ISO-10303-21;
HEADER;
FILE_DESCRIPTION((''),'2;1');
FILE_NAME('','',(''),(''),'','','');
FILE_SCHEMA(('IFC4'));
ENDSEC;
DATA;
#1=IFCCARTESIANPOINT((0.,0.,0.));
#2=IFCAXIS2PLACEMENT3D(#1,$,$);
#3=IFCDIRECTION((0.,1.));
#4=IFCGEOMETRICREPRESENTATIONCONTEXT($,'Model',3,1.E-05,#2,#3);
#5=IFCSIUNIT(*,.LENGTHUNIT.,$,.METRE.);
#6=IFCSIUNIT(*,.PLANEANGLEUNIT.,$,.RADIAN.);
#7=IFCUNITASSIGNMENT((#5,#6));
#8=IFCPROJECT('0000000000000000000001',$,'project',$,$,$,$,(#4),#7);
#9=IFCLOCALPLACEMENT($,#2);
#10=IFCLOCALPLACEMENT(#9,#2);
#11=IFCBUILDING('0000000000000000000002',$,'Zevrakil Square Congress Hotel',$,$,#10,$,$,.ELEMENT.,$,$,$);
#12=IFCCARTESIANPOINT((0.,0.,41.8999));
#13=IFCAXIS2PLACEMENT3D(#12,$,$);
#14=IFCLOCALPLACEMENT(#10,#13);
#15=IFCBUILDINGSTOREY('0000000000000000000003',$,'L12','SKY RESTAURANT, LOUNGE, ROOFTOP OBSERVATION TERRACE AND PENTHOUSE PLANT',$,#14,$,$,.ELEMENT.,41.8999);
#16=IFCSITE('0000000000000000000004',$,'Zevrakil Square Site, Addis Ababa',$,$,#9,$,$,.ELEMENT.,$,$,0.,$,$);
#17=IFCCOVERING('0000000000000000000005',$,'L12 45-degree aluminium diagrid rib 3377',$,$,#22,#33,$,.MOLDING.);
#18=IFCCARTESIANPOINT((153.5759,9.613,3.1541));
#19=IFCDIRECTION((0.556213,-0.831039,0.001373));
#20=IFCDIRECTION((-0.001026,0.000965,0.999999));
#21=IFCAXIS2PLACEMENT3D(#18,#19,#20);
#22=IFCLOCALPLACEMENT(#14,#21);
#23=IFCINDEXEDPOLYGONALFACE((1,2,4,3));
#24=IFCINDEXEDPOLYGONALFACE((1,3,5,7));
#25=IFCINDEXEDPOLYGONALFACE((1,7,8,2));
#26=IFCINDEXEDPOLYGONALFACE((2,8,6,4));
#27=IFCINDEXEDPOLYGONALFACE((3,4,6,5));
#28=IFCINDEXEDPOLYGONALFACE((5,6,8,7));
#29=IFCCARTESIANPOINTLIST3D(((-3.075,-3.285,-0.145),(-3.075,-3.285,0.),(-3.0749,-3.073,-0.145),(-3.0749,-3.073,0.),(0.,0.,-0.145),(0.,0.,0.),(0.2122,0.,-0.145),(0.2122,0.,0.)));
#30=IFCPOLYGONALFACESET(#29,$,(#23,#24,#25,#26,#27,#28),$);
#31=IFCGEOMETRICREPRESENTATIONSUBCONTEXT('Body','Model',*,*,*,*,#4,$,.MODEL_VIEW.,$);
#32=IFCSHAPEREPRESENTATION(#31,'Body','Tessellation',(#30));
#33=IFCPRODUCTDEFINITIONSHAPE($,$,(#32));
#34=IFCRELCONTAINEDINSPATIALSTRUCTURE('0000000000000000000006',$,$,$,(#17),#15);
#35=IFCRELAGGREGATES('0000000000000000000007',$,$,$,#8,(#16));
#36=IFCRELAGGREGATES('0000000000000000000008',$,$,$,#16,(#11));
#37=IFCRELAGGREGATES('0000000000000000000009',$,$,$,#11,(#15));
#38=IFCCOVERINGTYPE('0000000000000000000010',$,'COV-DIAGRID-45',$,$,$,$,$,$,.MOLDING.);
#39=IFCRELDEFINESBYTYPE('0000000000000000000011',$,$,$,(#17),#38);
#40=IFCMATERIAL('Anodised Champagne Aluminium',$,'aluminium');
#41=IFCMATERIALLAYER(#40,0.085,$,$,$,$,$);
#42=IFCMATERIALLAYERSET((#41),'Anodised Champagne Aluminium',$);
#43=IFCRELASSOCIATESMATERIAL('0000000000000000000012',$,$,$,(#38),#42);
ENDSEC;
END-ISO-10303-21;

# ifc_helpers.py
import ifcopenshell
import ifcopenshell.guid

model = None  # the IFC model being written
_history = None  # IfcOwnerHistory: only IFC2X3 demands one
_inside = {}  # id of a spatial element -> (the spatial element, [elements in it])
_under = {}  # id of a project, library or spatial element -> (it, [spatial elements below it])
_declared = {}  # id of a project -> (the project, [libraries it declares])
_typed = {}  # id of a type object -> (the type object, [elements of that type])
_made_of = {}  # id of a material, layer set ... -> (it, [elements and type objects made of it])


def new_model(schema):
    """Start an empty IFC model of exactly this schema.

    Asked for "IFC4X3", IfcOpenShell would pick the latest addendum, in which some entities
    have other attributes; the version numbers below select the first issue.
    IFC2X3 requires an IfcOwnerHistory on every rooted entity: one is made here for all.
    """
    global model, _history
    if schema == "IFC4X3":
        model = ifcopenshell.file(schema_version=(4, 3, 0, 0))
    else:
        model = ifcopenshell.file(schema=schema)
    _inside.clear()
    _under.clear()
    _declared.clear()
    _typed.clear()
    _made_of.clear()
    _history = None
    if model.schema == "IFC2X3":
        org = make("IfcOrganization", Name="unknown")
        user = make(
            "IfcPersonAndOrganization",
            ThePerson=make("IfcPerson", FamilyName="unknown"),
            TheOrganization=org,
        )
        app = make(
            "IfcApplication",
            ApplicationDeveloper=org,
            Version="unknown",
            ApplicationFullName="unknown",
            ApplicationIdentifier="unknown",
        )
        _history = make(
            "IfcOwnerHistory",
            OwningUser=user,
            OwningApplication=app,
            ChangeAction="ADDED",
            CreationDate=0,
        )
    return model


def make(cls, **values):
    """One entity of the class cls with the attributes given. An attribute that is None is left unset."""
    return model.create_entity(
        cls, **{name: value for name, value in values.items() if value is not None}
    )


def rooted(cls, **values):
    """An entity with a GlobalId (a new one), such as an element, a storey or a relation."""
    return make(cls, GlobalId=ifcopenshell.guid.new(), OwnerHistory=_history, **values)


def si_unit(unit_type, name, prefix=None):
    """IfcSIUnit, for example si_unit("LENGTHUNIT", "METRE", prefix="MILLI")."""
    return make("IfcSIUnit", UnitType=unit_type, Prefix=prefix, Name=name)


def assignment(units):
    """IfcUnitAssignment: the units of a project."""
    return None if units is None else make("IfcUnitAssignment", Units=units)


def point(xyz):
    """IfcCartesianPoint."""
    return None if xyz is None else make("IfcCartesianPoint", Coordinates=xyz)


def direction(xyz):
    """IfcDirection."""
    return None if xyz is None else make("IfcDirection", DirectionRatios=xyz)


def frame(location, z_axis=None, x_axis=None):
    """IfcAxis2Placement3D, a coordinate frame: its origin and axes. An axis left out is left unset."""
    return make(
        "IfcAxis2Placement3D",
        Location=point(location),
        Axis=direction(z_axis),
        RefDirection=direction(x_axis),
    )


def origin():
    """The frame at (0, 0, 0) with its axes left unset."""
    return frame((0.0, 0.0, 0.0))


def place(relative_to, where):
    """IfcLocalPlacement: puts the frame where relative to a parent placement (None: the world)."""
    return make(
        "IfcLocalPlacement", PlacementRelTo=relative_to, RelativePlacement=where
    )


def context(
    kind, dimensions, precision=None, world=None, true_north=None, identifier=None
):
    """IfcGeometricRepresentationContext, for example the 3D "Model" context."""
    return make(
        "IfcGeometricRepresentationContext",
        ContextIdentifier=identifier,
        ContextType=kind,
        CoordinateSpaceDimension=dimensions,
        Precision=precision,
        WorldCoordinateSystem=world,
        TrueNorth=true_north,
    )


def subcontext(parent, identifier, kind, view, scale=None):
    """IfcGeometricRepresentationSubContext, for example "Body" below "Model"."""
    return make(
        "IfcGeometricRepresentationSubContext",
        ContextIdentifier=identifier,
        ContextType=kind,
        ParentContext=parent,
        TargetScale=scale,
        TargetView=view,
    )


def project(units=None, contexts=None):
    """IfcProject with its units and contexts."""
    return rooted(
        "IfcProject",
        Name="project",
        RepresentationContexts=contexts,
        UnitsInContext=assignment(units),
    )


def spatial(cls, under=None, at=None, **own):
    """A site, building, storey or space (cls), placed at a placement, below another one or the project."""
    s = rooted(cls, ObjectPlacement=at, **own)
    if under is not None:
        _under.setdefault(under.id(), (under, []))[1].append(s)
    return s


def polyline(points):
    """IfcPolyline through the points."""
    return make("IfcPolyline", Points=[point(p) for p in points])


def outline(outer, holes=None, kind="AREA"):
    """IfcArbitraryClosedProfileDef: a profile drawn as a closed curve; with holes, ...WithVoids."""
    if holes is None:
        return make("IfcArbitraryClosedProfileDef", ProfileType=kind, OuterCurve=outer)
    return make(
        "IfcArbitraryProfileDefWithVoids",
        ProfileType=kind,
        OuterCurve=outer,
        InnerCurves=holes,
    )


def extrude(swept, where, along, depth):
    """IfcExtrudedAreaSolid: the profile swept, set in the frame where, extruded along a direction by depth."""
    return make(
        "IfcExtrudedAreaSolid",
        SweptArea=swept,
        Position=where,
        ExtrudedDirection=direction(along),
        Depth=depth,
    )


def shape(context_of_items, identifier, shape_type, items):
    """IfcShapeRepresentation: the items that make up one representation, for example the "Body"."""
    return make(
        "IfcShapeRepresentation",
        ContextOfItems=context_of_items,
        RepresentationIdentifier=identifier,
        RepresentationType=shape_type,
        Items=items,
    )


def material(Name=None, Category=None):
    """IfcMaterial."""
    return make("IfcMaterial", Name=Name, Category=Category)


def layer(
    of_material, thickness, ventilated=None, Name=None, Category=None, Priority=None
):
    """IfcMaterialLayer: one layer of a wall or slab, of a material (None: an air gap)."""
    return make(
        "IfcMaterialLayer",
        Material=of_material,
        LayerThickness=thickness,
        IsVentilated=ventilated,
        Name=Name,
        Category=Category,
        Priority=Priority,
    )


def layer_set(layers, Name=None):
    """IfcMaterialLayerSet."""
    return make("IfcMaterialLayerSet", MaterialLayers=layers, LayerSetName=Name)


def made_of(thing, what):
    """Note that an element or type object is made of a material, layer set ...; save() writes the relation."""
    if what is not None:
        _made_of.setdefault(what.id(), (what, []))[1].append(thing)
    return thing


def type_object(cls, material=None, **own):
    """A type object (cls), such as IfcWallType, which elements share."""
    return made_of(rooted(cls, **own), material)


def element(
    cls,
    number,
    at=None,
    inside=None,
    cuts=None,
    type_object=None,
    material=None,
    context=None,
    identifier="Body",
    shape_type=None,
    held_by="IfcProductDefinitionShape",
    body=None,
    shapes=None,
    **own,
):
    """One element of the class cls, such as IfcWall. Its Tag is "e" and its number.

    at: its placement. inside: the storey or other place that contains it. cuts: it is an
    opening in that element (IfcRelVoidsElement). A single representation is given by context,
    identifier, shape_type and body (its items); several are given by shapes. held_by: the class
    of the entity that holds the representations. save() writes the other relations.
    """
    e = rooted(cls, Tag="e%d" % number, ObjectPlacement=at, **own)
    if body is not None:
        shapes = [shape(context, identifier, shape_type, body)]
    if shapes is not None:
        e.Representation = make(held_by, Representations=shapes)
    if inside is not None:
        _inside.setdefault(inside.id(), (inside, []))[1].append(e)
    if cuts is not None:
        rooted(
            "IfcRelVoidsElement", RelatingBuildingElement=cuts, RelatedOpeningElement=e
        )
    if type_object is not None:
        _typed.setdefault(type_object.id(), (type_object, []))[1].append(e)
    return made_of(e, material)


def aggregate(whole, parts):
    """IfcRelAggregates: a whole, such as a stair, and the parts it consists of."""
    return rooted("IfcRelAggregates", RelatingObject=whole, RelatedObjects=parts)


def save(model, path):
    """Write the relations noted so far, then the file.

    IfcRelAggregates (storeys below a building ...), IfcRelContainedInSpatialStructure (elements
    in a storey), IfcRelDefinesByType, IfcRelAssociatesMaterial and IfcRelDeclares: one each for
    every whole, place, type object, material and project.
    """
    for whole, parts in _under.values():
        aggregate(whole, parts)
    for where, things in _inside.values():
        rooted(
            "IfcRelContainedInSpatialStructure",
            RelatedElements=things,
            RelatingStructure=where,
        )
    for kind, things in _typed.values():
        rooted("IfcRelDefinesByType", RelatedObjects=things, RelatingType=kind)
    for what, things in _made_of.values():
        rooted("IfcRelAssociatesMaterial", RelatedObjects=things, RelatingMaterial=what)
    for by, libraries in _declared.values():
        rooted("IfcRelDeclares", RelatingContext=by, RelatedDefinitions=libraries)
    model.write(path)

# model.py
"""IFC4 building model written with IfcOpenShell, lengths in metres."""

from ifc_helpers import new_model, si_unit, direction, frame, origin, place, context, subcontext, project, spatial, polyline, outline, extrude, material, layer, layer_set, type_object, element, save


model = new_model("IFC4")

# Units and contexts
model_context = context("Model", 3, precision=1e-05, world=origin(), true_north=direction((0.0, 1.0)))
body_context = subcontext(model_context, "Body", "Model", "MODEL_VIEW")
ifc_project = project(units=[si_unit("LENGTHUNIT", "METRE"), si_unit("PLANEANGLEUNIT", "RADIAN")], contexts=[model_context])

# Site, building, storey
site_placement = place(None, origin())
site = spatial("IfcSite", under=ifc_project, at=site_placement, Name="Zevrakil Square Site, Addis Ababa", CompositionType="ELEMENT", RefElevation=0.0)
building_placement = place(site_placement, origin())
building = spatial("IfcBuilding", under=site, at=building_placement, Name="Zevrakil Square Congress Hotel", CompositionType="ELEMENT")
storey_placement = place(building_placement, frame((0.0, 0.0, 41.8999)))
storey = spatial("IfcBuildingStorey", under=building, at=storey_placement, Name="L12", Description="SKY RESTAURANT, LOUNGE, ROOFTOP OBSERVATION TERRACE AND PENTHOUSE PLANT", CompositionType="ELEMENT", Elevation=41.8999)

# Covering
ifc_material_1 = material(Name="Anodised Champagne Aluminium", Category="aluminium")
ifc_layer_1 = layer(ifc_material_1, 0.085)
ifc_layer_set_1 = layer_set([ifc_layer_1], Name="Anodised Champagne Aluminium")
covering_type_1 = type_object("IfcCoveringType", Name="COV-DIAGRID-45", PredefinedType="MOLDING", material=ifc_layer_set_1)
covering_1_placement = place(storey_placement, frame((153.5759, 9.613, 3.1541), z_axis=(0.556213, -0.831039, 0.001373), x_axis=(-0.001026, 0.000965, 0.999999)))
element("IfcCovering", 1, at=covering_1_placement, inside=storey, type_object=covering_type_1, Name="L12 45-degree aluminium diagrid rib 3377", PredefinedType="MOLDING", context=body_context, shape_type="SweptSolid", body=[
    extrude(outline(polyline([(0.0, 0.0), (0.2122, 0.0), (-3.075, -3.285), (-3.0749, -3.073), (0.0, 0.0)])), origin(), (0.0, 0.0, -1.0), 0.145),
])

save(model, "model.ifc")
